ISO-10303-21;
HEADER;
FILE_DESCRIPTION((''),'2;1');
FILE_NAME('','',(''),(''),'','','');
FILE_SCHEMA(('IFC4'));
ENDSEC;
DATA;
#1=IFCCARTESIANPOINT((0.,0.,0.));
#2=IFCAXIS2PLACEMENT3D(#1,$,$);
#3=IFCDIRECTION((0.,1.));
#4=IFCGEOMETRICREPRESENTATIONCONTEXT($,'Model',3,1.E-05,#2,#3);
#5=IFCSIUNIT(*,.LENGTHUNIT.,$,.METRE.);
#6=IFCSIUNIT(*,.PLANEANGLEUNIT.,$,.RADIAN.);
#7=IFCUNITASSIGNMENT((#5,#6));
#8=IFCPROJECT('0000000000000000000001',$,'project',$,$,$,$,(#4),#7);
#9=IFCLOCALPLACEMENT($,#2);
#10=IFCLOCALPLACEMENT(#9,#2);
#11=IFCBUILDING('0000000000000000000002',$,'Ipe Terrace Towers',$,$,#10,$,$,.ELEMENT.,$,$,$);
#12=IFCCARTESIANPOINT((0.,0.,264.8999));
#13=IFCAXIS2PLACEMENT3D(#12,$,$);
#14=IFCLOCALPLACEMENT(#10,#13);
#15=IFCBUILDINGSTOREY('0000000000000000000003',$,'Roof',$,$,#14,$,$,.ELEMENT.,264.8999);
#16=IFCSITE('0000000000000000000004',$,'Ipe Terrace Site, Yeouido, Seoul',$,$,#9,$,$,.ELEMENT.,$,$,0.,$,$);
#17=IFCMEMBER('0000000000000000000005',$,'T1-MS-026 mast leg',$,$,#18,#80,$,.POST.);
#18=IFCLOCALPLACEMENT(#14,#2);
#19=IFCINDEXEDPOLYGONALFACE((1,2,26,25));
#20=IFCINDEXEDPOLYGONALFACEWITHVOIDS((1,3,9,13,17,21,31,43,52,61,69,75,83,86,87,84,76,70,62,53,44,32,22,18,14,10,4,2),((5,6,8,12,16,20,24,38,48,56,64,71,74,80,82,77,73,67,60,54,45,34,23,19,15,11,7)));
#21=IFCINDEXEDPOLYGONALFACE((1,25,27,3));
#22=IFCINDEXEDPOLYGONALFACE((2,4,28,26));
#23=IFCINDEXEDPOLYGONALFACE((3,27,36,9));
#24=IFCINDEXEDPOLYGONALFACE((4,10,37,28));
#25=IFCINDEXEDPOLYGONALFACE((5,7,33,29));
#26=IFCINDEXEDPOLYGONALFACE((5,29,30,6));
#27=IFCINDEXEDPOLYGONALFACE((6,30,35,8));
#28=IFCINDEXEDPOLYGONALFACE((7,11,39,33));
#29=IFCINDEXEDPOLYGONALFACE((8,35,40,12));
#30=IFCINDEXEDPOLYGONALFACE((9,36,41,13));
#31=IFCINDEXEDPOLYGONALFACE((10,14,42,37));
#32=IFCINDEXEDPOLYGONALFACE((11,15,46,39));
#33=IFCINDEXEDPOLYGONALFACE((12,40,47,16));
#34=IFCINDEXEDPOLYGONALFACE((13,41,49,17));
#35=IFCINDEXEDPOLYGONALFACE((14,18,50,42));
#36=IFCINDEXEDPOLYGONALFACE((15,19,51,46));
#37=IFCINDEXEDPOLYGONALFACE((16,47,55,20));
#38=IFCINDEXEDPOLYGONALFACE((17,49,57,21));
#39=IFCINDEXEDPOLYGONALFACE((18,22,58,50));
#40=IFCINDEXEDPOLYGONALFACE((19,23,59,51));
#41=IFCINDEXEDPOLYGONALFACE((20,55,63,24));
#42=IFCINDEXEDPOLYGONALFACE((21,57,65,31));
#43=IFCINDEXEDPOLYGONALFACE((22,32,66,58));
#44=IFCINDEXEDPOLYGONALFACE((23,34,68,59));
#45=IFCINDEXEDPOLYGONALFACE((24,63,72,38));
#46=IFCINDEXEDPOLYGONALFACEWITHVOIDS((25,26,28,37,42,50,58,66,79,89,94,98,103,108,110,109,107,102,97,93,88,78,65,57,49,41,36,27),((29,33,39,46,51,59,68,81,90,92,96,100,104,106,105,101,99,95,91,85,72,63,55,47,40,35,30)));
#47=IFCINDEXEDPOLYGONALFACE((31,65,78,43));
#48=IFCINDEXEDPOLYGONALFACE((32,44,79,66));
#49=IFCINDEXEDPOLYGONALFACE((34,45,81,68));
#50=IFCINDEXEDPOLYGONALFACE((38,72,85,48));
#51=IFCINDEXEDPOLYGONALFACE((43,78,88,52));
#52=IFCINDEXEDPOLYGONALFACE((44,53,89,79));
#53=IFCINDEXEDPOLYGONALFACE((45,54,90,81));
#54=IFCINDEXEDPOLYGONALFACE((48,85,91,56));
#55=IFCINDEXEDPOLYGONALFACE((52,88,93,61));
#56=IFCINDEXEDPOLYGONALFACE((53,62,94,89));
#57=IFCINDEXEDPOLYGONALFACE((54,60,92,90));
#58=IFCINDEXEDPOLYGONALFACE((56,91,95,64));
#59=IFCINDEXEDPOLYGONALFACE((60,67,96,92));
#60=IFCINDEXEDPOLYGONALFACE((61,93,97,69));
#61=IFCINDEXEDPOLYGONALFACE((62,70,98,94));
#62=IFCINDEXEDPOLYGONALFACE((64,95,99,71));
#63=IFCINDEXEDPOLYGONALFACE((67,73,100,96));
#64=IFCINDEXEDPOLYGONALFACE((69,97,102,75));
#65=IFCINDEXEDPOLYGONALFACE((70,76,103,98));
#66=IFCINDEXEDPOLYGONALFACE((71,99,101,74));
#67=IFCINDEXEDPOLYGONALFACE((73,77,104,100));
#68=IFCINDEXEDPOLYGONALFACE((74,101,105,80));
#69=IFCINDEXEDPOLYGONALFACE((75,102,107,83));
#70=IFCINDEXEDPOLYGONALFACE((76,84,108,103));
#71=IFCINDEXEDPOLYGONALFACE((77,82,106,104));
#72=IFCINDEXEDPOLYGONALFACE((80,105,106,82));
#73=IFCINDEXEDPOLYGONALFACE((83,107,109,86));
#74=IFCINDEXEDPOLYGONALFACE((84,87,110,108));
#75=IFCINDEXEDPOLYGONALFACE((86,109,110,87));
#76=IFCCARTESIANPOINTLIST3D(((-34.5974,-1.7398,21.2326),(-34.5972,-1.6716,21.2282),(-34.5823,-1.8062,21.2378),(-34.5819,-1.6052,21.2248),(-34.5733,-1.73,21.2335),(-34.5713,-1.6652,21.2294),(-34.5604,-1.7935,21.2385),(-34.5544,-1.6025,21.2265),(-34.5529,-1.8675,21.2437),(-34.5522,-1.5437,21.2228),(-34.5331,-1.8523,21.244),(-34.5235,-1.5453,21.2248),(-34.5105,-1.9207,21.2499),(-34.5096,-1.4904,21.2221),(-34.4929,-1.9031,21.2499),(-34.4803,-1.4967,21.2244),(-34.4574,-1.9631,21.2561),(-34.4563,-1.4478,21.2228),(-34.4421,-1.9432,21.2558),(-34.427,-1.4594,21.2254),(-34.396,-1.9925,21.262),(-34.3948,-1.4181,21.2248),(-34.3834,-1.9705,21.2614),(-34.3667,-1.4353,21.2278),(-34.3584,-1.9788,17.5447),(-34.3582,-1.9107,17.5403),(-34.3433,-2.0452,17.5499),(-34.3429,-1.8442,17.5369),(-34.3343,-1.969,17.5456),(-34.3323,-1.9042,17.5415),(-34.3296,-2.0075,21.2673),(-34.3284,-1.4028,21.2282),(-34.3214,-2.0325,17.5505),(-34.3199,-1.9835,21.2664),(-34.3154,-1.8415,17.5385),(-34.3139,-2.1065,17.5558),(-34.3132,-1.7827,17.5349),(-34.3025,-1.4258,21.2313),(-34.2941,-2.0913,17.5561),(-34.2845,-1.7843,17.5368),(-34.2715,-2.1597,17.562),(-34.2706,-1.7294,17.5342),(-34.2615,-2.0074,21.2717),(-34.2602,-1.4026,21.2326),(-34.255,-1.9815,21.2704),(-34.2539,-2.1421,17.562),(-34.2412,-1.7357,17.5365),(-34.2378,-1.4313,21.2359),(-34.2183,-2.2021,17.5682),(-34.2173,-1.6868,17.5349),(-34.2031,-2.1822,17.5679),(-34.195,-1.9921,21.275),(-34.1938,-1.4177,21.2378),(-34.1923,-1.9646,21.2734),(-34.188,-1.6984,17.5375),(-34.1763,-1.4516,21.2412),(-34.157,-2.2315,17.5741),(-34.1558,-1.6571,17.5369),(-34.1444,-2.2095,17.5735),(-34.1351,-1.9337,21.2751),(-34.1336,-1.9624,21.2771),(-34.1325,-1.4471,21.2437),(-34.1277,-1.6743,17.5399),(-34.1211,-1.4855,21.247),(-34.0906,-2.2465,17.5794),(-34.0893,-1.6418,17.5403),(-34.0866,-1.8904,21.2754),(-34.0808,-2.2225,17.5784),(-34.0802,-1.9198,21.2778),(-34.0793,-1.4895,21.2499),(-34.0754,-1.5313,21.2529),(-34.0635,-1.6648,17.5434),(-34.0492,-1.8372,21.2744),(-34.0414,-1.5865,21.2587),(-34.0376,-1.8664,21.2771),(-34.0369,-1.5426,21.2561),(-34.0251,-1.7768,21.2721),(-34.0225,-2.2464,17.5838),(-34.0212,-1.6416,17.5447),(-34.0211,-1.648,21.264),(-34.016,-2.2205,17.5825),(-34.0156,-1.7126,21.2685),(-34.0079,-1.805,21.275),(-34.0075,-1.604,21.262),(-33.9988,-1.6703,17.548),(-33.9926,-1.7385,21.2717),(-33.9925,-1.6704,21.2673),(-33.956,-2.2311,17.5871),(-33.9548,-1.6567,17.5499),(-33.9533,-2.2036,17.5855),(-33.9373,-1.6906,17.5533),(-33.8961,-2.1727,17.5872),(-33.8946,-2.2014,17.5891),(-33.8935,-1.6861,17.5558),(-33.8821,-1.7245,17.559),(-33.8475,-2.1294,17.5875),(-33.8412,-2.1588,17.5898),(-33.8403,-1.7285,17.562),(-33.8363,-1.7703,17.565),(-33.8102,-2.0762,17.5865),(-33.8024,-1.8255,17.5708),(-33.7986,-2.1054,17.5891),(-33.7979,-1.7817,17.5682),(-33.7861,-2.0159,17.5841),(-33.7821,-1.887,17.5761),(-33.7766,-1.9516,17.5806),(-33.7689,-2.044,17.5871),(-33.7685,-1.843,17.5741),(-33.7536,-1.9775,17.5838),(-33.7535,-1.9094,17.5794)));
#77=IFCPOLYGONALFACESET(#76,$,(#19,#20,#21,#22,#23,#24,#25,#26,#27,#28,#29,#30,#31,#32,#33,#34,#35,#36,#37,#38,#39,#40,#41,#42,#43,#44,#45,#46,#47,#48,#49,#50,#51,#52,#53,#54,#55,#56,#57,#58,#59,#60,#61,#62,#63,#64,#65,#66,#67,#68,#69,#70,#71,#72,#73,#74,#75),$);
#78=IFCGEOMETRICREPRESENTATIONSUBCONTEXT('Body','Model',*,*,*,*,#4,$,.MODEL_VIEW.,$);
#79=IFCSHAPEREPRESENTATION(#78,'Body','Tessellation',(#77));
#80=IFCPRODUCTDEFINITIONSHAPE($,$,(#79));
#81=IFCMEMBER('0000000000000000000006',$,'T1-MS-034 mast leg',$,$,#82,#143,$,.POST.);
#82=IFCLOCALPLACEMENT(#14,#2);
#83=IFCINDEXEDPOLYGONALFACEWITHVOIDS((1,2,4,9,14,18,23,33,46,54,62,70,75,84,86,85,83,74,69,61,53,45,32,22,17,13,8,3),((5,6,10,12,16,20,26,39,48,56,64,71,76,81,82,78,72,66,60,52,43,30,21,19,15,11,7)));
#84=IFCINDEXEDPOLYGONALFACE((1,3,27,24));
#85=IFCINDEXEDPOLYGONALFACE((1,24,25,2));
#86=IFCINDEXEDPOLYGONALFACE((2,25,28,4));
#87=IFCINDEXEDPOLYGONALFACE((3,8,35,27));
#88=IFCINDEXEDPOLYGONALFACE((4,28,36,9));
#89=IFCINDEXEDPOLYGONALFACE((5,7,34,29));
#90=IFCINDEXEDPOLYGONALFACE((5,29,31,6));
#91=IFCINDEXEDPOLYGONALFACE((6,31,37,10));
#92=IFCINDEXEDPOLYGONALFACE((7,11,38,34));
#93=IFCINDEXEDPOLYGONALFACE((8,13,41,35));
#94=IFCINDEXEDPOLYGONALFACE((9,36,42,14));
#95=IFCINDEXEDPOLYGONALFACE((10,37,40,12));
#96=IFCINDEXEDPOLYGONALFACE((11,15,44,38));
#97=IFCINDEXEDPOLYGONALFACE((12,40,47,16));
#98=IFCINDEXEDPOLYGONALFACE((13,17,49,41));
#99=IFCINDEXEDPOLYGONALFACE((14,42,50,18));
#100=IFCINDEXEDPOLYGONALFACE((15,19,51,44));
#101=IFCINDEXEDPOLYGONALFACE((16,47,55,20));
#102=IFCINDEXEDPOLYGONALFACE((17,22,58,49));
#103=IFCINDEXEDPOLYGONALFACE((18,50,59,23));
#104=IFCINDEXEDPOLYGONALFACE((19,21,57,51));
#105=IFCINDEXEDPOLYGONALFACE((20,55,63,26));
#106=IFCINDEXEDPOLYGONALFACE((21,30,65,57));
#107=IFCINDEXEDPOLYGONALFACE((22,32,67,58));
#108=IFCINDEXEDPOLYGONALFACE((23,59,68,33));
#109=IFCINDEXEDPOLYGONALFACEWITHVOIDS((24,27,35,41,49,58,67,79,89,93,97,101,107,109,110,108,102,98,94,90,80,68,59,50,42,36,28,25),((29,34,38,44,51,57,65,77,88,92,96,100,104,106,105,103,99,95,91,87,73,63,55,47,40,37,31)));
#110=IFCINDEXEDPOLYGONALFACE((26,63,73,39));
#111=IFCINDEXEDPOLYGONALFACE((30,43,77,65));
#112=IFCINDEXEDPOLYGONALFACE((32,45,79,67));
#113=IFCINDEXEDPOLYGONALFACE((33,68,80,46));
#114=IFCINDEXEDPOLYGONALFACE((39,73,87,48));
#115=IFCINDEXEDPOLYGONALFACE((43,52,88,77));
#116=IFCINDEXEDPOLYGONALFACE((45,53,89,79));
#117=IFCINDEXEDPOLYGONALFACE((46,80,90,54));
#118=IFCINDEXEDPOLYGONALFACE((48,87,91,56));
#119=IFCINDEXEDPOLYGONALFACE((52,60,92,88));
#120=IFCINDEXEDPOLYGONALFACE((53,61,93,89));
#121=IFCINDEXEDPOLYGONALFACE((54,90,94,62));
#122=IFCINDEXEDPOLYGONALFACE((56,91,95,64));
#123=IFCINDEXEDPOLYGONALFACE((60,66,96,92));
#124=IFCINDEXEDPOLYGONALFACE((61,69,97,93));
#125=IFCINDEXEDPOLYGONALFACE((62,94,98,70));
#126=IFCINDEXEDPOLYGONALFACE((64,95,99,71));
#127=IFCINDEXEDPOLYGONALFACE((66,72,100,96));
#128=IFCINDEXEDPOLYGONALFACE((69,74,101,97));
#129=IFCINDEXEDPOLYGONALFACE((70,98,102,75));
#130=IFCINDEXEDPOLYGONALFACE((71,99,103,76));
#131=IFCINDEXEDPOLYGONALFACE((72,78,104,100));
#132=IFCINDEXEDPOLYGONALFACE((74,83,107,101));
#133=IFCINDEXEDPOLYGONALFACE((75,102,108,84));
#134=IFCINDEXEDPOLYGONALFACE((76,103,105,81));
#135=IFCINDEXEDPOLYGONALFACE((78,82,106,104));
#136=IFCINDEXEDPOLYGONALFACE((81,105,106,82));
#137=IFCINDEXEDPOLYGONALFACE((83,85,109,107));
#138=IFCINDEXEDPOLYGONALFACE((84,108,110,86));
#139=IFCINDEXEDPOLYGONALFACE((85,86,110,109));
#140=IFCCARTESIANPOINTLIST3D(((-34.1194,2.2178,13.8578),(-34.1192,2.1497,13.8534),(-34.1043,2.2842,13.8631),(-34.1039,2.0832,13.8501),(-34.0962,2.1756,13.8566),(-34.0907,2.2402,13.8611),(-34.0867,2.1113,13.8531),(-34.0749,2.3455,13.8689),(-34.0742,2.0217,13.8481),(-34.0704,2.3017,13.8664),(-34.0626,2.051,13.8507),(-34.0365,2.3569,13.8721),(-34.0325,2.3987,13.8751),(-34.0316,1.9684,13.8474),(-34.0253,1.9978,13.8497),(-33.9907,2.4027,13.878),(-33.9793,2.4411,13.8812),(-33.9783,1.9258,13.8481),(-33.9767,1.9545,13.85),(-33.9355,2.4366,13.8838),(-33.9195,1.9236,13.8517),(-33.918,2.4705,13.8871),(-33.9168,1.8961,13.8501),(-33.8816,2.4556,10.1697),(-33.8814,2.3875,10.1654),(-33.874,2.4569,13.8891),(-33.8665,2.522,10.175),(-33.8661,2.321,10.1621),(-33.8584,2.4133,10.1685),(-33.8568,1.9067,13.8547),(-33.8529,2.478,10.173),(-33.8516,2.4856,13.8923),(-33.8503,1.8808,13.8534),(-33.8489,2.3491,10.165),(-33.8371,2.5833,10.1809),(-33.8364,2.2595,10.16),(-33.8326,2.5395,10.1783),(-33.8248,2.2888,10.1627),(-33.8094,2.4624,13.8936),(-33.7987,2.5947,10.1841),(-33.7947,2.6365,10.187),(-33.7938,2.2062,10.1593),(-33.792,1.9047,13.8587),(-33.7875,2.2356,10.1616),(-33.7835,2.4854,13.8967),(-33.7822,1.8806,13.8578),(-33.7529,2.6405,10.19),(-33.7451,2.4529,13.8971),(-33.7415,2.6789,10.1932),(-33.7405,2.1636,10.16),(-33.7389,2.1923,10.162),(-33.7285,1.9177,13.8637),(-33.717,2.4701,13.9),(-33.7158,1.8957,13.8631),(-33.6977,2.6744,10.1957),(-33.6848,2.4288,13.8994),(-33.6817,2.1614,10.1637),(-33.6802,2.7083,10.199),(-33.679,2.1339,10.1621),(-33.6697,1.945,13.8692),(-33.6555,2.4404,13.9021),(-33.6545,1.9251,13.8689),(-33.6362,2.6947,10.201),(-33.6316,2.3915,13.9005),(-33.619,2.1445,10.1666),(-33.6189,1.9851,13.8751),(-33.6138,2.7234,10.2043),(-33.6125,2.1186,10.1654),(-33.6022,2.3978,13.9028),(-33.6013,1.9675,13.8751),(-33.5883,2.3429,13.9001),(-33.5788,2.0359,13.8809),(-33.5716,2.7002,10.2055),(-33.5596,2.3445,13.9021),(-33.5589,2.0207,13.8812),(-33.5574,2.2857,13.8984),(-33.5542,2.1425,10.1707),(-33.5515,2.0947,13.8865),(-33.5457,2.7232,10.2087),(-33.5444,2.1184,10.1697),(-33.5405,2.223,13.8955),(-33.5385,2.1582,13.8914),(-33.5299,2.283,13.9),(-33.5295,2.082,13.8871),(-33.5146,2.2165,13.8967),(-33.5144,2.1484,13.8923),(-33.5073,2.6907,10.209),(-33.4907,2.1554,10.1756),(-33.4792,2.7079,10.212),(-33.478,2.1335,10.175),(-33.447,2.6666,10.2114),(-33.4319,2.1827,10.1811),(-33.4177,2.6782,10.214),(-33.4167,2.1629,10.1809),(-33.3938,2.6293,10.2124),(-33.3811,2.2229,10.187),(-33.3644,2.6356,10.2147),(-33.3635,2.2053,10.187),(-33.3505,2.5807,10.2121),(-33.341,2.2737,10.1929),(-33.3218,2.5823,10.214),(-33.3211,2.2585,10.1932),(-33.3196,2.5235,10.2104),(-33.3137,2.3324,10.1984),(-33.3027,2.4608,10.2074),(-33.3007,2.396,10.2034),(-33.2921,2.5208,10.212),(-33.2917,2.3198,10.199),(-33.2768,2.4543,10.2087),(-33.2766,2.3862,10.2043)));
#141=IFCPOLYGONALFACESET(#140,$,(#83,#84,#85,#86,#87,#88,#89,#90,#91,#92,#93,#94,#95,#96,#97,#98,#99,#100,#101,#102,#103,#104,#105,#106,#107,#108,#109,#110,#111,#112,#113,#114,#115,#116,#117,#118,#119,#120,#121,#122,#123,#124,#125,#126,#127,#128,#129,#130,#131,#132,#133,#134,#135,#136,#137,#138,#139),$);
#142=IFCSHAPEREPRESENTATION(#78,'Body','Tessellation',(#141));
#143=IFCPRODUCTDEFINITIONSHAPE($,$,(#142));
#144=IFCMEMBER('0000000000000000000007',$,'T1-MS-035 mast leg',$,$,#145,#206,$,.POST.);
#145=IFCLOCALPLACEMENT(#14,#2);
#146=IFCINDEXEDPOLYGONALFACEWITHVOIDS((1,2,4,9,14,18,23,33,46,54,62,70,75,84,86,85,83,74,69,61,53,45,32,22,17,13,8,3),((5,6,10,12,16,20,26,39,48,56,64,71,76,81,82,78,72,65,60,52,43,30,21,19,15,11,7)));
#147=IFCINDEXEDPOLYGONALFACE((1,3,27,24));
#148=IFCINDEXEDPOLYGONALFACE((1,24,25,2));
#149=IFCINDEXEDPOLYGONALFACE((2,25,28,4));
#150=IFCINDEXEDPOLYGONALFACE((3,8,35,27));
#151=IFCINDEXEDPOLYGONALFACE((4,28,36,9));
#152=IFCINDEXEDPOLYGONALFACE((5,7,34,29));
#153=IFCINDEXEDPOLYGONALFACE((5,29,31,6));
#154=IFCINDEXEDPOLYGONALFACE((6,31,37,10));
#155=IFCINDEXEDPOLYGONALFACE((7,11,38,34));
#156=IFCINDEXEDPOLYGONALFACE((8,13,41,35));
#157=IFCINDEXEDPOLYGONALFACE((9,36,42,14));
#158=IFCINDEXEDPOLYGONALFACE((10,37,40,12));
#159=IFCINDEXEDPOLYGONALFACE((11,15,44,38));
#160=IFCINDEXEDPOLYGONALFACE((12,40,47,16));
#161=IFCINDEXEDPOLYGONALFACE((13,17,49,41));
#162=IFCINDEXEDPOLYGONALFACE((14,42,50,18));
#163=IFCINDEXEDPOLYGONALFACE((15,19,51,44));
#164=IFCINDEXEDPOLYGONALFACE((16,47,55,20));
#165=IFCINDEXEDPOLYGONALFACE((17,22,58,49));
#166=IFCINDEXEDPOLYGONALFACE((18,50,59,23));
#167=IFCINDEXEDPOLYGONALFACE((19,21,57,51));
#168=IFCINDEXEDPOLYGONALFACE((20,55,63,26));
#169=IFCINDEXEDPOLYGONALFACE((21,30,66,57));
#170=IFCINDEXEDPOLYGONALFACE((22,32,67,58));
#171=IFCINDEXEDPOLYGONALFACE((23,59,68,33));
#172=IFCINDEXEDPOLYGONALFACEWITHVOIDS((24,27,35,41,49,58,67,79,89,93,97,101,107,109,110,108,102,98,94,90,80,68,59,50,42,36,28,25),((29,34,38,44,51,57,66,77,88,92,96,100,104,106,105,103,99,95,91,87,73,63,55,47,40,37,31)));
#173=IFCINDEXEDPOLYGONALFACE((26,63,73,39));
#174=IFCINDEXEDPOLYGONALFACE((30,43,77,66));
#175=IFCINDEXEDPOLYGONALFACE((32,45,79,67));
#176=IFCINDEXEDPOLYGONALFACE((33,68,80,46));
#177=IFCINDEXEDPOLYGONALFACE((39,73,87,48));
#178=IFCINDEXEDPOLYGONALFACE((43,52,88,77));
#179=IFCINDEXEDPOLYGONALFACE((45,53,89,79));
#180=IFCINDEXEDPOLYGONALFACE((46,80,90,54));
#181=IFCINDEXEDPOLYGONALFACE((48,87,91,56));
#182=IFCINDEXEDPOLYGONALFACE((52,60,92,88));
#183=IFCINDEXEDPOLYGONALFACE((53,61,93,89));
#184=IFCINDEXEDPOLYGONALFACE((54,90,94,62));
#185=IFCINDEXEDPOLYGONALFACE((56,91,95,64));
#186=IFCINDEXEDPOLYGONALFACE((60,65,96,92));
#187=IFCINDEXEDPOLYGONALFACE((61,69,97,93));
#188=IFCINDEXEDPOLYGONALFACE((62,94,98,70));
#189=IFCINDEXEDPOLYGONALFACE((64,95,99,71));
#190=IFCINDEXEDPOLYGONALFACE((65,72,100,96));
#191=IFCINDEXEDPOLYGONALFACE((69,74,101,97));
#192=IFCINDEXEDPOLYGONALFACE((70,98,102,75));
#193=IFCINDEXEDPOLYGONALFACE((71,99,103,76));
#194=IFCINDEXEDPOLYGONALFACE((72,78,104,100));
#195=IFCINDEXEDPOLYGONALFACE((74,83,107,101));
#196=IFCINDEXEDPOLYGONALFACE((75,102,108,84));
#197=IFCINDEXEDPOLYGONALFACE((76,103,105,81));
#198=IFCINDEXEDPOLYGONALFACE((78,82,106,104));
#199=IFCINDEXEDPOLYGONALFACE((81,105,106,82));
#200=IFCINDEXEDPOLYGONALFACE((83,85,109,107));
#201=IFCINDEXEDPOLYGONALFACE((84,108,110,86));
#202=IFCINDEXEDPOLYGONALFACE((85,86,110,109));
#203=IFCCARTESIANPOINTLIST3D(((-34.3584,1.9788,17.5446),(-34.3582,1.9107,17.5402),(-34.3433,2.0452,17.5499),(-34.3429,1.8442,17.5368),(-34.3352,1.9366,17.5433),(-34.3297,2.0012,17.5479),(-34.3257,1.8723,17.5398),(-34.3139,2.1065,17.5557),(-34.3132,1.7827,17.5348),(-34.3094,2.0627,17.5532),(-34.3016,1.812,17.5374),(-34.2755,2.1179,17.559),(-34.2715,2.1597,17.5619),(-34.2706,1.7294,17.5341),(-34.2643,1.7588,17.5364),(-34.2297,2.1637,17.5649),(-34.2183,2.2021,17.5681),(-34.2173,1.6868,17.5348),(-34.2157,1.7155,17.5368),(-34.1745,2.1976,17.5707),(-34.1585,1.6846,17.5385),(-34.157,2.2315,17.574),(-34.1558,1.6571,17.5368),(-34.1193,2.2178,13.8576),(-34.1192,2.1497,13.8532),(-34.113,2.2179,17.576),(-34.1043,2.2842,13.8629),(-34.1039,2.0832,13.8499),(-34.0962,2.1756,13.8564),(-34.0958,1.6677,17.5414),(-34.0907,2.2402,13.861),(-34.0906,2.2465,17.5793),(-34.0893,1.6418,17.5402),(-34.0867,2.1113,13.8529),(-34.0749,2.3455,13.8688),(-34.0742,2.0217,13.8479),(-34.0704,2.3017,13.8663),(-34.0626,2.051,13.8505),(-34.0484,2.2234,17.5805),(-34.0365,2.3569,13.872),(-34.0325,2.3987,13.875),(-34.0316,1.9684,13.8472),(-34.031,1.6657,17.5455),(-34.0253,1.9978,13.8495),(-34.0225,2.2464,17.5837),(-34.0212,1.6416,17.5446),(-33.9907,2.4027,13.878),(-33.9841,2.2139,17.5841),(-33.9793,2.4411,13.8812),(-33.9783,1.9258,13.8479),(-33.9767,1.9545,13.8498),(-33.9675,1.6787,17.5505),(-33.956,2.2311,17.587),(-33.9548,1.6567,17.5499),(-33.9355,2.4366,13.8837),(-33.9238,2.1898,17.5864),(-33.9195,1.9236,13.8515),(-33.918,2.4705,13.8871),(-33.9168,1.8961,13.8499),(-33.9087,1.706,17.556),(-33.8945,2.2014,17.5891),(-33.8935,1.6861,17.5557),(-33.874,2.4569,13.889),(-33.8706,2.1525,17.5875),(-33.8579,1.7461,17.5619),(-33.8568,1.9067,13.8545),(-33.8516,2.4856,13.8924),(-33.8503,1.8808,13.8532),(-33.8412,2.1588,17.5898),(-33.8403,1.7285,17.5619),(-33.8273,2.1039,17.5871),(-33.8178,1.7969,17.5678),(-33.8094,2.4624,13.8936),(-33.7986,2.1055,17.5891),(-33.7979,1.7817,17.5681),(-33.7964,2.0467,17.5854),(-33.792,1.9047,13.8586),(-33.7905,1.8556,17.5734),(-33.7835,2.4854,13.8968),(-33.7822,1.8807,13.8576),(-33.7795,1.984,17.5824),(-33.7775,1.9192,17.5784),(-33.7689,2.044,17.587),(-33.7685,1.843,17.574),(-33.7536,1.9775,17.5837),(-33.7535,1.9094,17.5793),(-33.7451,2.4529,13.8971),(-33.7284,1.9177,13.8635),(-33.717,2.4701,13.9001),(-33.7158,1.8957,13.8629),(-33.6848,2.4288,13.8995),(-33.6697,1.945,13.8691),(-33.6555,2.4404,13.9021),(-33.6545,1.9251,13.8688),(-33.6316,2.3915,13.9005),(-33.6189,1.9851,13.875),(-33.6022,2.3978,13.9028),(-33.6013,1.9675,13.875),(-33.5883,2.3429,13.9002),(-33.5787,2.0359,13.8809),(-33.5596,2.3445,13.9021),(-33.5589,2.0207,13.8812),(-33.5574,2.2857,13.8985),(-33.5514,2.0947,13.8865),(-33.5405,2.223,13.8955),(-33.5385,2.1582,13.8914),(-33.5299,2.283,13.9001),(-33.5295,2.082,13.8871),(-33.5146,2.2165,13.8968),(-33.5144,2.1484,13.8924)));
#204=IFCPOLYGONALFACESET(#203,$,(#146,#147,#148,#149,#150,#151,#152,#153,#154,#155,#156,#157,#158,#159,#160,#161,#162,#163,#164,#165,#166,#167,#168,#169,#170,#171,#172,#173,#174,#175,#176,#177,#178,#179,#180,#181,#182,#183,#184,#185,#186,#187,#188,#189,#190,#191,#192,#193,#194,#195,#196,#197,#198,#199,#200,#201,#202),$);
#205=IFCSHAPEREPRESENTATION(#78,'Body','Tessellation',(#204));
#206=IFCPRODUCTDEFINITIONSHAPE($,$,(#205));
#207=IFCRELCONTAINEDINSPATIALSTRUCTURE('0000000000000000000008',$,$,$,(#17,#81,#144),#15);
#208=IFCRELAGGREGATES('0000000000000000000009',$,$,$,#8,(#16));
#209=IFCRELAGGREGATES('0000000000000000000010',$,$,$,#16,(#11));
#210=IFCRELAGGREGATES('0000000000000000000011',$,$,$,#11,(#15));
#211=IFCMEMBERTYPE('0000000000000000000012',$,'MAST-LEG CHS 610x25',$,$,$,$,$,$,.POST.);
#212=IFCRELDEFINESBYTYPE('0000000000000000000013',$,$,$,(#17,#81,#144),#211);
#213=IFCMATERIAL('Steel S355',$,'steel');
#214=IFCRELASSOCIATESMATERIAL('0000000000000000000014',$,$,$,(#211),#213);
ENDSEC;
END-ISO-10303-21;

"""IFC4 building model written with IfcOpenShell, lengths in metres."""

from ifc_helpers import new_model, si_unit, direction, frame, origin, origin_2d, place, context, subcontext, project, spatial, hollow_circle, extrude, material, material_profile, profile_set, type_object, element, save


model = new_model("IFC4")

# Units and contexts
model_context = context("Model", 3, precision=1e-05, world=origin(), true_north=direction((0.0, 1.0)))
body_context = subcontext(model_context, "Body", "Model", "MODEL_VIEW")
ifc_project = project(units=[si_unit("LENGTHUNIT", "METRE"), si_unit("PLANEANGLEUNIT", "RADIAN")], contexts=[model_context])

# Site, building, storey
site_placement = place(None, origin())
site = spatial("IfcSite", under=ifc_project, at=site_placement, Name="Ipe Terrace Site, Yeouido, Seoul", CompositionType="ELEMENT", RefElevation=0.0)
building_placement = place(site_placement, origin())
building = spatial("IfcBuilding", under=site, at=building_placement, Name="Ipe Terrace Towers", CompositionType="ELEMENT")
storey_placement = place(building_placement, frame((0.0, 0.0, 264.8999)))
storey = spatial("IfcBuildingStorey", under=building, at=storey_placement, Name="Roof", CompositionType="ELEMENT", Elevation=264.8999)

# Members
ifc_material_1 = material(Name="Steel S355", Category="steel")
ifc_material_profile_1 = material_profile(ifc_material_1, hollow_circle(Radius=0.3049, WallThickness=0.0249, at=origin_2d()), Name="MAST-LEG CHS 610x25")
ifc_profile_set_1 = profile_set([ifc_material_profile_1], Name="Steel S355")
member_type_1 = type_object("IfcMemberType", Name="MAST-LEG CHS 610x25", PredefinedType="POST", material=ifc_profile_set_1)
for number, where, z_axis, x_axis, name in (
    (1, (-34.0559, -1.9441, 17.562), (-0.064538, 0.064538, 0.995826), (-0.707107, -0.707107, 0.0), "T1-MS-026 mast leg"),
    (2, (-33.5791, 2.4209, 10.187), (-0.064211, -0.064211, 0.995868), (0.707107, -0.707107, 0.0), "T1-MS-034 mast leg"),
):
    element("IfcMember", number, at=place(storey_placement, frame(where, z_axis=z_axis, x_axis=x_axis)), inside=storey, type_object=member_type_1, Name=name, PredefinedType="POST", context=body_context, shape_type="SweptSolid", body=[
        extrude(hollow_circle(Radius=0.3049, WallThickness=0.0249, at=origin_2d()), origin(), (0.0, 0.0, 1.0), 3.7034),
    ])
member_1_placement = place(storey_placement, frame((-33.8169, 2.1831, 13.875), z_axis=(-0.064555, -0.064555, 0.995824), x_axis=(0.707107, -0.707107, 0.0)))
element("IfcMember", 3, at=member_1_placement, inside=storey, type_object=member_type_1, Name="T1-MS-035 mast leg", PredefinedType="POST", context=body_context, shape_type="SweptSolid", body=[
    extrude(hollow_circle(Radius=0.3049, WallThickness=0.0249, at=origin_2d()), origin(), (0.0, 0.0, 1.0), 3.7024),
])

save(model, "model.ifc")
